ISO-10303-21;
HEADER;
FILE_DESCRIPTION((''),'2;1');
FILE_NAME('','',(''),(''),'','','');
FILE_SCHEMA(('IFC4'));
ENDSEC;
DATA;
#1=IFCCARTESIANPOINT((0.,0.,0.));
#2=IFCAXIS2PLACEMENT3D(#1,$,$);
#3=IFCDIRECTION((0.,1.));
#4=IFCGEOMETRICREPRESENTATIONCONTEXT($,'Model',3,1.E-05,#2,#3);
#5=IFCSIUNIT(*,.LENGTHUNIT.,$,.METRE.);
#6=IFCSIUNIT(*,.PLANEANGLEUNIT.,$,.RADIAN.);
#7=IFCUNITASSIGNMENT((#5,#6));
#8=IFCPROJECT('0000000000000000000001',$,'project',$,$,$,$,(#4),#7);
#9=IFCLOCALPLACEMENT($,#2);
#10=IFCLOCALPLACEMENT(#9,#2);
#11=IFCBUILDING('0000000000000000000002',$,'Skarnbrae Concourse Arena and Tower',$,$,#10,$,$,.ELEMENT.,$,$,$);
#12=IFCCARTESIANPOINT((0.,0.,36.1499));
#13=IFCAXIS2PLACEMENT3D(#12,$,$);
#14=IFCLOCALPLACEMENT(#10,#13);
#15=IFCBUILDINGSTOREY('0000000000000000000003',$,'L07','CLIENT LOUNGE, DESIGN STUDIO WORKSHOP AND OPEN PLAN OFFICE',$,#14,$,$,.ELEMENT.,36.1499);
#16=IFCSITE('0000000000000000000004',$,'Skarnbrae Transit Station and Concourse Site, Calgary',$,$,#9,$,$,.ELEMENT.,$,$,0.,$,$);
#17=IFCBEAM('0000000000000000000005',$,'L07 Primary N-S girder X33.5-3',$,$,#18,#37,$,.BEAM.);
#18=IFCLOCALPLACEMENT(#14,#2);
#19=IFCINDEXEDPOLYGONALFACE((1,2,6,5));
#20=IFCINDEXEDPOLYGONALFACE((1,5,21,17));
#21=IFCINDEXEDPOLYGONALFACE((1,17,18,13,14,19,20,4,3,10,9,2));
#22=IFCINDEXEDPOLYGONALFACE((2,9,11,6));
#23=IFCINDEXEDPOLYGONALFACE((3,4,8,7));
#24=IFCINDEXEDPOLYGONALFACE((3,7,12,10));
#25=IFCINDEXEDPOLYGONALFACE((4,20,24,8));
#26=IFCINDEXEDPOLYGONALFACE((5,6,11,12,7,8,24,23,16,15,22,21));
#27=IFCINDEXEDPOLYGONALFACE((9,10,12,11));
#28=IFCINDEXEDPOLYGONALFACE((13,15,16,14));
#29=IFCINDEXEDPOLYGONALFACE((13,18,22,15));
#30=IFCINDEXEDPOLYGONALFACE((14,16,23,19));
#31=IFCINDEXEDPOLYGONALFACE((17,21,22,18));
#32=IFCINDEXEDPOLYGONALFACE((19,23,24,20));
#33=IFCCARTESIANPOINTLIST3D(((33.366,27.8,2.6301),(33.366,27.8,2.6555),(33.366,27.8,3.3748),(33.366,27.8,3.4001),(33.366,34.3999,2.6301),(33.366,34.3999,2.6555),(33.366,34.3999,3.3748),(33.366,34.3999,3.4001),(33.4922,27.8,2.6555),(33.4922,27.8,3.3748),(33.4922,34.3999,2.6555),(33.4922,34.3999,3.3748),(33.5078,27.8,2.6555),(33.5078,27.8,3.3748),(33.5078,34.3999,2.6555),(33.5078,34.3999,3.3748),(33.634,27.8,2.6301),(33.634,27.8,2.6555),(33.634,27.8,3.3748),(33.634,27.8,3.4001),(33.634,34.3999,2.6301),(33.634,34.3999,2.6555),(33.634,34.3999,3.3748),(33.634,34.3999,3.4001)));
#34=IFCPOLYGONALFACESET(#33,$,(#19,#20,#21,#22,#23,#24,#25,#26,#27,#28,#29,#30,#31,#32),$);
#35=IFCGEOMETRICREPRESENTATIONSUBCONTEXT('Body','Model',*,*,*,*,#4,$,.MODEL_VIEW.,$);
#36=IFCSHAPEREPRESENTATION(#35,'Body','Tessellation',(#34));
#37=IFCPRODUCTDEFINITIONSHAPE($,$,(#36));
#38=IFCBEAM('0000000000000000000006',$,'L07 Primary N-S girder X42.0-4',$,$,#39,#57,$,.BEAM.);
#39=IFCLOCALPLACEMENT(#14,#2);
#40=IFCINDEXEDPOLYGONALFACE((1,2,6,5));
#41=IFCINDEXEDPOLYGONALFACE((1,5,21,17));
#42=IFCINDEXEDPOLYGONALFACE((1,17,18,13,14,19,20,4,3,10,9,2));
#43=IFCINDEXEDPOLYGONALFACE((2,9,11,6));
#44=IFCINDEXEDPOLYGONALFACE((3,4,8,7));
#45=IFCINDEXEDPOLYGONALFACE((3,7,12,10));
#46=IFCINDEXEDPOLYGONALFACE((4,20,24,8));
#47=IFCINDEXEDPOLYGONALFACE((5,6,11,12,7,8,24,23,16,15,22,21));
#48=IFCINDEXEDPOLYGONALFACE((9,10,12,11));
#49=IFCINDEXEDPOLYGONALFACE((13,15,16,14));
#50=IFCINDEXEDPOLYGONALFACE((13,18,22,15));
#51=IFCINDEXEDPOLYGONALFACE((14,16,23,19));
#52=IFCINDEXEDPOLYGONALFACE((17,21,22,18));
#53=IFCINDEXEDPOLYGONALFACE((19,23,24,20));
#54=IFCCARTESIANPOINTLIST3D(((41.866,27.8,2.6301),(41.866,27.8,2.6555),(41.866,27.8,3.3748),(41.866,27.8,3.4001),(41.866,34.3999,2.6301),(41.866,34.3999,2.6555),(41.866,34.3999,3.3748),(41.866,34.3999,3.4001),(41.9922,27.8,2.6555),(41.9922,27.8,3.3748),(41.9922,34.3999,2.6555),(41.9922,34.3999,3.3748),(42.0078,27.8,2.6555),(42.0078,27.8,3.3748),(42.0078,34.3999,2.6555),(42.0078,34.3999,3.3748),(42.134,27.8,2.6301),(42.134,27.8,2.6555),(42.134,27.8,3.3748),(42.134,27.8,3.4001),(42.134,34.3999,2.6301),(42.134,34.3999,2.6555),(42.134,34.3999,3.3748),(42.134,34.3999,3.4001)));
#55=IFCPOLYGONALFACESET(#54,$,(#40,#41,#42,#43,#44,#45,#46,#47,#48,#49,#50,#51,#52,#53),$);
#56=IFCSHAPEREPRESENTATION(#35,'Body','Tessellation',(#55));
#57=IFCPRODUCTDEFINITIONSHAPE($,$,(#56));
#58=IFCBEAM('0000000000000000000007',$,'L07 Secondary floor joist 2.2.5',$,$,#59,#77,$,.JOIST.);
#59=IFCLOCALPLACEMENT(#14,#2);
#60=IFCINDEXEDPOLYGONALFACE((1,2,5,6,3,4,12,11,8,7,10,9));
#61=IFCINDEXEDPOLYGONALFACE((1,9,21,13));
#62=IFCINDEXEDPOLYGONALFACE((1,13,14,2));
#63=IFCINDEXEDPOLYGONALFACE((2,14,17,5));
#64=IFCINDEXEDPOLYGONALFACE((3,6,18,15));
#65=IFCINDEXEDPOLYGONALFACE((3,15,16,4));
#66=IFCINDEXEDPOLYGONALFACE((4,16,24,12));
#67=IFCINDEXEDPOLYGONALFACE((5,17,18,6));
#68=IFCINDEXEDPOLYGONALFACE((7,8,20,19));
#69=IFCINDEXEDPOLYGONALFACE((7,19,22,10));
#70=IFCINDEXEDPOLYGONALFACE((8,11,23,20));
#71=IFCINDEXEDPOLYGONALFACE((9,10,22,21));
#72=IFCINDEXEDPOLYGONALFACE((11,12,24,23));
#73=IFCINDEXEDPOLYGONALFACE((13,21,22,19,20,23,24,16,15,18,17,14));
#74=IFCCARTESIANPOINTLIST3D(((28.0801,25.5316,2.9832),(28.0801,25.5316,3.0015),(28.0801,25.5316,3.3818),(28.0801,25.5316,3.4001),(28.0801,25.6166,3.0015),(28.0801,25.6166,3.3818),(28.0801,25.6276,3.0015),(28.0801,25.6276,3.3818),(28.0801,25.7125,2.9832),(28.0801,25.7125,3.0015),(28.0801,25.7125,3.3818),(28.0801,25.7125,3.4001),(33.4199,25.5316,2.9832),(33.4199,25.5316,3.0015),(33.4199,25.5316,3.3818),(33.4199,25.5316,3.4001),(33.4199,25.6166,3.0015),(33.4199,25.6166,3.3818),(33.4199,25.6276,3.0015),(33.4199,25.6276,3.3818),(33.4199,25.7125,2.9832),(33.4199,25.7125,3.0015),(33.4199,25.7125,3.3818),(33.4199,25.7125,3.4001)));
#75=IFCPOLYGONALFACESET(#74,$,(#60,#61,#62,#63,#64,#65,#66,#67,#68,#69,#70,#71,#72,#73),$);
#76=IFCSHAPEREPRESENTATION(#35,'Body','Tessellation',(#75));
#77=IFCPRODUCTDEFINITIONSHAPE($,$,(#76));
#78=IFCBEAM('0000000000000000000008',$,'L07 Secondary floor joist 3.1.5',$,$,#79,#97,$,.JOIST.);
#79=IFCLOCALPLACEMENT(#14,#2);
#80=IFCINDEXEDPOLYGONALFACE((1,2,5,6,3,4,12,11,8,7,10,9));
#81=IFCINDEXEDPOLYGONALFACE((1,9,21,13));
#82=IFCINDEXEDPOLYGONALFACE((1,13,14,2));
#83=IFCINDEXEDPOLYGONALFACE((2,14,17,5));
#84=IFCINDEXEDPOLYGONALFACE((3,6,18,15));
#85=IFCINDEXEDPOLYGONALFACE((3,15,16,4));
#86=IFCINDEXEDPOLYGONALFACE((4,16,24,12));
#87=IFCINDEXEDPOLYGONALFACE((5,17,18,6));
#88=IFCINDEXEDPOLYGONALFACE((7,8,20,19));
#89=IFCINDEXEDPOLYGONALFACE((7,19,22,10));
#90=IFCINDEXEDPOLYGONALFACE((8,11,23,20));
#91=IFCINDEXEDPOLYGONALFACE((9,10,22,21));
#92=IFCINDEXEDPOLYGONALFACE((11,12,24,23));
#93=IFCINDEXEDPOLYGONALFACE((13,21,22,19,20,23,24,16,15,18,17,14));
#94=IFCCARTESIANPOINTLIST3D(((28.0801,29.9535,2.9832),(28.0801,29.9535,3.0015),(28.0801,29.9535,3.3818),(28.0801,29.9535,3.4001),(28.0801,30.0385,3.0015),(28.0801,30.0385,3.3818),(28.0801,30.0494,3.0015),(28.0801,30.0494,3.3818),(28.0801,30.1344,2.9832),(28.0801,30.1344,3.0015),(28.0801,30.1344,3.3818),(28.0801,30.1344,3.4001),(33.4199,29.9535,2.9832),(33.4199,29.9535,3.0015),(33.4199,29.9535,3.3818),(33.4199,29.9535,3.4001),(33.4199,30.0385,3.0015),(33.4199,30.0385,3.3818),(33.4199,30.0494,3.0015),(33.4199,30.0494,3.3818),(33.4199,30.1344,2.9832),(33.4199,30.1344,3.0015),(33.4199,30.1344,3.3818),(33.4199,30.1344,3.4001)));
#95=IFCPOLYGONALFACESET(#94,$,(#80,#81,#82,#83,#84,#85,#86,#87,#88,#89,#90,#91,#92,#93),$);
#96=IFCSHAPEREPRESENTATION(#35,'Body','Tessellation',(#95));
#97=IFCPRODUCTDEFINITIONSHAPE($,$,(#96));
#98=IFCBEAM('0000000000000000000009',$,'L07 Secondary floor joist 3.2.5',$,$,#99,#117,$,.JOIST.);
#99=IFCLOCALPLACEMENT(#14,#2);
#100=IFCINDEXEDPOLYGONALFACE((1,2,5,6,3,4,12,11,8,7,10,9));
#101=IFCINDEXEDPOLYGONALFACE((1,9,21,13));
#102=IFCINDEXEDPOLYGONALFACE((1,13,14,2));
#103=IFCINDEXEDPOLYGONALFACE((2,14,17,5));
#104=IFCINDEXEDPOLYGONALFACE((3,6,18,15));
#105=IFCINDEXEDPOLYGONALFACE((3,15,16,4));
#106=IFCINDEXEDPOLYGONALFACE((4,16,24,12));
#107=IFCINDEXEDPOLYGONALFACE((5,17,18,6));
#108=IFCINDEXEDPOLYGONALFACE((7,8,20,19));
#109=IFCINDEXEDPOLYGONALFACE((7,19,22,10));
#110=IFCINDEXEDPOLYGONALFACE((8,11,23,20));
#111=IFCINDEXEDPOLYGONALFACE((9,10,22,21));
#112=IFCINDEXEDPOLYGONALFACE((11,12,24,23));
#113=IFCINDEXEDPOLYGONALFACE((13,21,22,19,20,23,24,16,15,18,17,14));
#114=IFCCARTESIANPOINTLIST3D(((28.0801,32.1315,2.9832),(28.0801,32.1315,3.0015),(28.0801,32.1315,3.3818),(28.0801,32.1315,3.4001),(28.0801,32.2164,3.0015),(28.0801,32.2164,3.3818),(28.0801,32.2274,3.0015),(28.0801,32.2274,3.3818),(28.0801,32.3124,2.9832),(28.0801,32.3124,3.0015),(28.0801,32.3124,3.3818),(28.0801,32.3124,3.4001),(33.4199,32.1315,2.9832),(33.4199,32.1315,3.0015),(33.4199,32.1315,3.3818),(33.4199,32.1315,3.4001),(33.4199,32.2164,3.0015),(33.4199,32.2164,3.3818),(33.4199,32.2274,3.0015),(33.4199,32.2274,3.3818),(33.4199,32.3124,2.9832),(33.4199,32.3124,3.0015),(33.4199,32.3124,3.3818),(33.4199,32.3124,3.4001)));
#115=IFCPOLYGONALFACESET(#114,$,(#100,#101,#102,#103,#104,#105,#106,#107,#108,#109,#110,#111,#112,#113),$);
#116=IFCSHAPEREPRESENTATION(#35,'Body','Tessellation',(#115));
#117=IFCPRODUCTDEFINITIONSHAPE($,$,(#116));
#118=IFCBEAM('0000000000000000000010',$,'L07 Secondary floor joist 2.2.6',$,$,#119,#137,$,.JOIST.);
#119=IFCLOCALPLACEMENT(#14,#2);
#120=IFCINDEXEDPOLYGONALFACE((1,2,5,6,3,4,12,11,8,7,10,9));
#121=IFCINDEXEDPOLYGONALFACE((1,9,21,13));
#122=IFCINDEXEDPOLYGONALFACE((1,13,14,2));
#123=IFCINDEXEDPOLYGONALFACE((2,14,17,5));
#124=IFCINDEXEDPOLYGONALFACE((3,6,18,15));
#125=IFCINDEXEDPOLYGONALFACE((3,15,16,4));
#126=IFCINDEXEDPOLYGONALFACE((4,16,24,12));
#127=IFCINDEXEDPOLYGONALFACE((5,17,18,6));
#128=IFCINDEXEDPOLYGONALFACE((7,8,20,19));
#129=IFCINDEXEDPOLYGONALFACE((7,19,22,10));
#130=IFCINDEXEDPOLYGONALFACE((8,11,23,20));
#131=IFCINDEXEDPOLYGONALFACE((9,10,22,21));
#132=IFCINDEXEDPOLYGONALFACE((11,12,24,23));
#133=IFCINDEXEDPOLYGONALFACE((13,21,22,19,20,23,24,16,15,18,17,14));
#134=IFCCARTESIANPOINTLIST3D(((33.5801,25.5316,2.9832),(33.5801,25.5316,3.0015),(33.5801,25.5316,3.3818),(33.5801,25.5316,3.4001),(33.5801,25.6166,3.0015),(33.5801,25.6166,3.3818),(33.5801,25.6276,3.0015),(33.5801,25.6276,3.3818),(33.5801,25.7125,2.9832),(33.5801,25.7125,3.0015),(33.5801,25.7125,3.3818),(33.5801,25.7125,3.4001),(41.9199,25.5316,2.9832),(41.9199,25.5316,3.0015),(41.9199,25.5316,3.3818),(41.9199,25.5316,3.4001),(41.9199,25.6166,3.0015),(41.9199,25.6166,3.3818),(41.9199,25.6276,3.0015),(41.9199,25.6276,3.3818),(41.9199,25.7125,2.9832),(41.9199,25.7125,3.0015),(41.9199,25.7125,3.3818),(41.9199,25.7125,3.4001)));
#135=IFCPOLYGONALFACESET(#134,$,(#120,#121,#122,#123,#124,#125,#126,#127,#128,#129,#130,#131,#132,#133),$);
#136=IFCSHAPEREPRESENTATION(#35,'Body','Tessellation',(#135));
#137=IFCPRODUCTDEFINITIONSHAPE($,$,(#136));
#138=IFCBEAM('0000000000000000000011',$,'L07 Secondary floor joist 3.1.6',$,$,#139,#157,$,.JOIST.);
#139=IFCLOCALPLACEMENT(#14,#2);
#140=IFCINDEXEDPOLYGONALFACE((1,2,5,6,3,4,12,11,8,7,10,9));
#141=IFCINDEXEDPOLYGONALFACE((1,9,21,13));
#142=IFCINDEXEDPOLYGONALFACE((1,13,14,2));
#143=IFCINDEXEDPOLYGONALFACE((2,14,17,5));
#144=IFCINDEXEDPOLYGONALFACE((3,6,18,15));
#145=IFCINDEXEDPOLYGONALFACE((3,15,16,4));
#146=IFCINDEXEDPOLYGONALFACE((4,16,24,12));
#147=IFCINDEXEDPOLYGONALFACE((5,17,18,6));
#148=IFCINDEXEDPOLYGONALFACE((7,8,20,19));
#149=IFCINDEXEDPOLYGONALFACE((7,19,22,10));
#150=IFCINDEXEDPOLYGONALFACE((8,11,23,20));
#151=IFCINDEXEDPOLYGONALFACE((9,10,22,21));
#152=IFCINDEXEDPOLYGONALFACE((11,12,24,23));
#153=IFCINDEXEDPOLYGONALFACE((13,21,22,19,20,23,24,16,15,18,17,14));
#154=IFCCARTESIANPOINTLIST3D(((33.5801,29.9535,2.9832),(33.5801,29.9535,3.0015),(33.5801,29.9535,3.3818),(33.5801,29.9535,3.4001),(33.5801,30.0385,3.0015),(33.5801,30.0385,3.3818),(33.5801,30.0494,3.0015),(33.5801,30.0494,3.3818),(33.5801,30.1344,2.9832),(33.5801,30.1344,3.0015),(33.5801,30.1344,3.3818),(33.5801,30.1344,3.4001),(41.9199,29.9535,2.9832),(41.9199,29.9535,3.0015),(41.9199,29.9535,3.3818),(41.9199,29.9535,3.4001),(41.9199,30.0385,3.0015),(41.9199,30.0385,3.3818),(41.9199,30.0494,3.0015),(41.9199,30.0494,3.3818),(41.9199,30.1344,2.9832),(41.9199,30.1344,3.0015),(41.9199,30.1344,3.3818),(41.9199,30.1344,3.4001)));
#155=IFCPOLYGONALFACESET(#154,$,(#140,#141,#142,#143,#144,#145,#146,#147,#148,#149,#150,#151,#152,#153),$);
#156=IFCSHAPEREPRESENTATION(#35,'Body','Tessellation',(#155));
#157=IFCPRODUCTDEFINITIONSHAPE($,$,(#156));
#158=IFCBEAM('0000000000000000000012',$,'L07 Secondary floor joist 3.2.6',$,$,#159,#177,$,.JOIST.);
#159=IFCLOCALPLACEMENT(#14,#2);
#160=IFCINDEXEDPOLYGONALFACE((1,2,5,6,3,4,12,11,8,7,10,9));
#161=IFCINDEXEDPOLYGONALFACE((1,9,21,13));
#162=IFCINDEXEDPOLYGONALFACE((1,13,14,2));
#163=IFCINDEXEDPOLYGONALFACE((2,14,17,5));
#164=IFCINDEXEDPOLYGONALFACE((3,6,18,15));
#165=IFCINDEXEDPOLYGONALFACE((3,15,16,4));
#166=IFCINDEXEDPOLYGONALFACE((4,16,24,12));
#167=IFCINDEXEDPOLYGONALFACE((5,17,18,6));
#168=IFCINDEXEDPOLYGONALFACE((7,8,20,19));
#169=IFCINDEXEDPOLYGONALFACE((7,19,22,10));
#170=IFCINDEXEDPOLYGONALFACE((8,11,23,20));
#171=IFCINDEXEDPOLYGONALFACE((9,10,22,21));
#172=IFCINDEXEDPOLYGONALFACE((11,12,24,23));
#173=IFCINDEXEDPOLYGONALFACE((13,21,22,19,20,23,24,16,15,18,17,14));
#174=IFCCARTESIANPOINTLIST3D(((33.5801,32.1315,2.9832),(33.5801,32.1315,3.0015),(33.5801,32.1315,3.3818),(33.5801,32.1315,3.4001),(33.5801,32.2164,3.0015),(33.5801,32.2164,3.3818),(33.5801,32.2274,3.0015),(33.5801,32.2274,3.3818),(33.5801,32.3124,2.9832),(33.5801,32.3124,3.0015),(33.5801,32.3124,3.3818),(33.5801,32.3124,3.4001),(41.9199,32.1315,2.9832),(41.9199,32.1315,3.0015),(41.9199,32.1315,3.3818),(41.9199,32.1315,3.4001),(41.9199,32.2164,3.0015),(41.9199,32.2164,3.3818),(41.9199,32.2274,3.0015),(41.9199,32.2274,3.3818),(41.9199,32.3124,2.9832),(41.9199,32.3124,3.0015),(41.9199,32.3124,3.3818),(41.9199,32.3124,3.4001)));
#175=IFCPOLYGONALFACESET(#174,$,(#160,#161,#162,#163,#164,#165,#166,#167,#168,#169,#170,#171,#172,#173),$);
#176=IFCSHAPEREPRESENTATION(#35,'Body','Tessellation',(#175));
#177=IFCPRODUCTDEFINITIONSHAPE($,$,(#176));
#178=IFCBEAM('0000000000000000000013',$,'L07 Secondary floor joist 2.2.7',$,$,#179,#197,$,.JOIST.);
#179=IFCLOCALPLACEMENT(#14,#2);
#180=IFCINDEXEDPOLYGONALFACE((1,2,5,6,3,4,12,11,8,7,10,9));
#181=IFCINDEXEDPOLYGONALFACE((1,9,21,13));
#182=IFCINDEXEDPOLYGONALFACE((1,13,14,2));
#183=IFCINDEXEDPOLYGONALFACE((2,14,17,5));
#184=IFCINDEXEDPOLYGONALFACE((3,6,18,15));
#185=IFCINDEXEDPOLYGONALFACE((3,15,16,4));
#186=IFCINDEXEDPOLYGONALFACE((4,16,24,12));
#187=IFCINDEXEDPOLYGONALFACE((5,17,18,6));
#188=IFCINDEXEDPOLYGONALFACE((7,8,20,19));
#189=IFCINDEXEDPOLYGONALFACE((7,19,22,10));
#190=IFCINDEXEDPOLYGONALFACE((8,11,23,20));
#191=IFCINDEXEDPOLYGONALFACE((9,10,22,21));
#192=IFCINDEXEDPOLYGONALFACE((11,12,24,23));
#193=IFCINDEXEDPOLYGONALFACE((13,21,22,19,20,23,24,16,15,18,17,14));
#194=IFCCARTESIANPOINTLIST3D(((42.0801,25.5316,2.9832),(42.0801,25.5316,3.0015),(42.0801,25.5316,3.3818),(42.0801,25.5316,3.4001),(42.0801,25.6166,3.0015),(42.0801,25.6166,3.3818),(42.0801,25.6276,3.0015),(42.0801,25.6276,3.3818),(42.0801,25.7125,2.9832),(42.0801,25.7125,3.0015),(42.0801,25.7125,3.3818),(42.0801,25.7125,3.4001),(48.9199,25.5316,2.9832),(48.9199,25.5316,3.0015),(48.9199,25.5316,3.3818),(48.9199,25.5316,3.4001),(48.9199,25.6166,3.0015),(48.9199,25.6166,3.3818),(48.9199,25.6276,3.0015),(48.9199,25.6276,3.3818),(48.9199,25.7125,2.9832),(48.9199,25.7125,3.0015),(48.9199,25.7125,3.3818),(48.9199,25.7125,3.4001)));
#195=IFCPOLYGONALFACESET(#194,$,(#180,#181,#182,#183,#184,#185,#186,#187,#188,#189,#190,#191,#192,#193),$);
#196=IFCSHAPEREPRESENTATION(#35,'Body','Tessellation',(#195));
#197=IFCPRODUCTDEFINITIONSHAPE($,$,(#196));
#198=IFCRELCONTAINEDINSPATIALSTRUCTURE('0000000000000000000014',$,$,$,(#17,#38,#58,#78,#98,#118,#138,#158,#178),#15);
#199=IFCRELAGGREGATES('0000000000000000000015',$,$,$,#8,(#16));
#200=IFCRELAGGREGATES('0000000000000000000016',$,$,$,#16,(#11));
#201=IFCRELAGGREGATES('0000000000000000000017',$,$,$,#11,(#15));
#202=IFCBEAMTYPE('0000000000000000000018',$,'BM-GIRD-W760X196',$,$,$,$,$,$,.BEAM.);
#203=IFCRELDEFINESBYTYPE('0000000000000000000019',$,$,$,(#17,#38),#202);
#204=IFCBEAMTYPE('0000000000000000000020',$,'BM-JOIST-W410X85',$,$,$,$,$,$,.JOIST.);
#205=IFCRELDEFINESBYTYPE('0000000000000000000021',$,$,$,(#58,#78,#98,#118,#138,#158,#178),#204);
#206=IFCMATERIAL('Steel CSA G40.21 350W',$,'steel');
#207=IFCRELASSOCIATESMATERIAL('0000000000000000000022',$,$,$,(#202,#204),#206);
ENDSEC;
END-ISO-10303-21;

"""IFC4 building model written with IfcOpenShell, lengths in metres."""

from ifc_helpers import new_model, si_unit, direction, frame, origin, origin_2d, place, context, subcontext, project, spatial, i_section, extrude, source, transform, mapped, material, material_profile, profile_set, type_object, element, save


model = new_model("IFC4")

# Units and contexts
model_context = context("Model", 3, precision=1e-05, world=origin(), true_north=direction((0.0, 1.0)))
body_context = subcontext(model_context, "Body", "Model", "MODEL_VIEW")
ifc_project = project(units=[si_unit("LENGTHUNIT", "METRE"), si_unit("PLANEANGLEUNIT", "RADIAN")], contexts=[model_context])

# Site, building, storey
site_placement = place(None, origin())
site = spatial("IfcSite", under=ifc_project, at=site_placement, Name="Skarnbrae Transit Station and Concourse Site, Calgary", CompositionType="ELEMENT", RefElevation=0.0)
building_placement = place(site_placement, origin())
building = spatial("IfcBuilding", under=site, at=building_placement, Name="Skarnbrae Concourse Arena and Tower", CompositionType="ELEMENT")
storey_placement = place(building_placement, frame((0.0, 0.0, 36.1499)))
storey = spatial("IfcBuildingStorey", under=building, at=storey_placement, Name="L07", Description="CLIENT LOUNGE, DESIGN STUDIO WORKSHOP AND OPEN PLAN OFFICE", CompositionType="ELEMENT", Elevation=36.1499)

# Shared definitions
ifc_material_1 = material(Name="Steel CSA G40.21 350W", Category="steel")

# Beams
ifc_material_profile_1 = material_profile(ifc_material_1, i_section(OverallWidth=0.2681, OverallDepth=0.77, WebThickness=0.0156, FlangeThickness=0.0254, at=origin_2d()), Name="W760X196")
ifc_profile_set_1 = profile_set([ifc_material_profile_1], Name="Steel CSA G40.21 350W")
beam_type_1 = type_object("IfcBeamType", Name="BM-GIRD-W760X196", PredefinedType="BEAM", material=ifc_profile_set_1)
shared_shape_1 = source(origin(), body_context, "Body", "SweptSolid", [
    extrude(i_section(OverallWidth=0.2681, OverallDepth=0.77, WebThickness=0.0156, FlangeThickness=0.0254, at=origin_2d()), origin(), (0.0, 0.0, 1.0), 6.5999),
])
for number, where, z_axis, x_axis, name in (
    (1, (33.5, 27.8, 3.0151), (0.0, 1.0, 0.0), (-1.0, 0.0, 0.0), "L07 Primary N-S girder X33.5-3"),
    (2, (42.0, 27.8, 3.0151), (0.0, 1.0, 0.0), (-1.0, 0.0, 0.0), "L07 Primary N-S girder X42.0-4"),
):
    element("IfcBeam", number, at=place(storey_placement, frame(where, z_axis=z_axis, x_axis=x_axis)), inside=storey, type_object=beam_type_1, Name=name, PredefinedType="BEAM", context=body_context, shape_type="MappedRepresentation", body=[
        mapped(shared_shape_1, transform((0.0, 0.0, 0.0))),
    ])
ifc_material_profile_2 = material_profile(ifc_material_1, i_section(OverallWidth=0.1809, OverallDepth=0.417, WebThickness=0.011, FlangeThickness=0.0183, at=origin_2d()), Name="W410X85")
ifc_profile_set_2 = profile_set([ifc_material_profile_2], Name="Steel CSA G40.21 350W")
beam_type_2 = type_object("IfcBeamType", Name="BM-JOIST-W410X85", PredefinedType="JOIST", material=ifc_profile_set_2)
shared_shape_2 = source(origin(), body_context, "Body", "SweptSolid", [
    extrude(i_section(OverallWidth=0.1809, OverallDepth=0.417, WebThickness=0.011, FlangeThickness=0.0183, at=origin_2d()), origin(), (0.0, 0.0, 1.0), 5.3398),
])
for number, where, z_axis, x_axis, name in (
    (3, (28.0801, 25.6221, 3.1917), (1.0, 0.0, 0.0), (0.0, 1.0, 0.0), "L07 Secondary floor joist 2.2.5"),
    (4, (28.0801, 30.0439, 3.1917), (1.0, 0.0, 0.0), (0.0, 1.0, 0.0), "L07 Secondary floor joist 3.1.5"),
    (5, (28.0801, 32.2219, 3.1917), (1.0, 0.0, 0.0), (0.0, 1.0, 0.0), "L07 Secondary floor joist 3.2.5"),
):
    element("IfcBeam", number, at=place(storey_placement, frame(where, z_axis=z_axis, x_axis=x_axis)), inside=storey, type_object=beam_type_2, Name=name, PredefinedType="JOIST", context=body_context, shape_type="MappedRepresentation", body=[
        mapped(shared_shape_2, transform((0.0, 0.0, 0.0))),
    ])
shared_shape_3 = source(origin(), body_context, "Body", "SweptSolid", [
    extrude(i_section(OverallWidth=0.1809, OverallDepth=0.417, WebThickness=0.011, FlangeThickness=0.0183, at=origin_2d()), origin(), (0.0, 0.0, 1.0), 8.3398),
])
for number, where, z_axis, x_axis, name in (
    (6, (33.5801, 25.6221, 3.1917), (1.0, 0.0, 0.0), (0.0, 1.0, 0.0), "L07 Secondary floor joist 2.2.6"),
    (7, (33.5801, 30.0439, 3.1917), (1.0, 0.0, 0.0), (0.0, 1.0, 0.0), "L07 Secondary floor joist 3.1.6"),
    (8, (33.5801, 32.2219, 3.1917), (1.0, 0.0, 0.0), (0.0, 1.0, 0.0), "L07 Secondary floor joist 3.2.6"),
):
    element("IfcBeam", number, at=place(storey_placement, frame(where, z_axis=z_axis, x_axis=x_axis)), inside=storey, type_object=beam_type_2, Name=name, PredefinedType="JOIST", context=body_context, shape_type="MappedRepresentation", body=[
        mapped(shared_shape_3, transform((0.0, 0.0, 0.0))),
    ])
shared_shape_4 = source(origin(), body_context, "Body", "SweptSolid", [
    extrude(i_section(OverallWidth=0.1809, OverallDepth=0.417, WebThickness=0.011, FlangeThickness=0.0183, at=origin_2d()), origin(), (0.0, 0.0, 1.0), 6.8398),
])
for number, where, z_axis, x_axis, name in (
    (9, (42.0801, 25.6221, 3.1917), (1.0, 0.0, 0.0), (0.0, 1.0, 0.0), "L07 Secondary floor joist 2.2.7"),
):
    element("IfcBeam", number, at=place(storey_placement, frame(where, z_axis=z_axis, x_axis=x_axis)), inside=storey, type_object=beam_type_2, Name=name, PredefinedType="JOIST", context=body_context, shape_type="MappedRepresentation", body=[
        mapped(shared_shape_4, transform((0.0, 0.0, 0.0))),
    ])

save(model, "model.ifc")
